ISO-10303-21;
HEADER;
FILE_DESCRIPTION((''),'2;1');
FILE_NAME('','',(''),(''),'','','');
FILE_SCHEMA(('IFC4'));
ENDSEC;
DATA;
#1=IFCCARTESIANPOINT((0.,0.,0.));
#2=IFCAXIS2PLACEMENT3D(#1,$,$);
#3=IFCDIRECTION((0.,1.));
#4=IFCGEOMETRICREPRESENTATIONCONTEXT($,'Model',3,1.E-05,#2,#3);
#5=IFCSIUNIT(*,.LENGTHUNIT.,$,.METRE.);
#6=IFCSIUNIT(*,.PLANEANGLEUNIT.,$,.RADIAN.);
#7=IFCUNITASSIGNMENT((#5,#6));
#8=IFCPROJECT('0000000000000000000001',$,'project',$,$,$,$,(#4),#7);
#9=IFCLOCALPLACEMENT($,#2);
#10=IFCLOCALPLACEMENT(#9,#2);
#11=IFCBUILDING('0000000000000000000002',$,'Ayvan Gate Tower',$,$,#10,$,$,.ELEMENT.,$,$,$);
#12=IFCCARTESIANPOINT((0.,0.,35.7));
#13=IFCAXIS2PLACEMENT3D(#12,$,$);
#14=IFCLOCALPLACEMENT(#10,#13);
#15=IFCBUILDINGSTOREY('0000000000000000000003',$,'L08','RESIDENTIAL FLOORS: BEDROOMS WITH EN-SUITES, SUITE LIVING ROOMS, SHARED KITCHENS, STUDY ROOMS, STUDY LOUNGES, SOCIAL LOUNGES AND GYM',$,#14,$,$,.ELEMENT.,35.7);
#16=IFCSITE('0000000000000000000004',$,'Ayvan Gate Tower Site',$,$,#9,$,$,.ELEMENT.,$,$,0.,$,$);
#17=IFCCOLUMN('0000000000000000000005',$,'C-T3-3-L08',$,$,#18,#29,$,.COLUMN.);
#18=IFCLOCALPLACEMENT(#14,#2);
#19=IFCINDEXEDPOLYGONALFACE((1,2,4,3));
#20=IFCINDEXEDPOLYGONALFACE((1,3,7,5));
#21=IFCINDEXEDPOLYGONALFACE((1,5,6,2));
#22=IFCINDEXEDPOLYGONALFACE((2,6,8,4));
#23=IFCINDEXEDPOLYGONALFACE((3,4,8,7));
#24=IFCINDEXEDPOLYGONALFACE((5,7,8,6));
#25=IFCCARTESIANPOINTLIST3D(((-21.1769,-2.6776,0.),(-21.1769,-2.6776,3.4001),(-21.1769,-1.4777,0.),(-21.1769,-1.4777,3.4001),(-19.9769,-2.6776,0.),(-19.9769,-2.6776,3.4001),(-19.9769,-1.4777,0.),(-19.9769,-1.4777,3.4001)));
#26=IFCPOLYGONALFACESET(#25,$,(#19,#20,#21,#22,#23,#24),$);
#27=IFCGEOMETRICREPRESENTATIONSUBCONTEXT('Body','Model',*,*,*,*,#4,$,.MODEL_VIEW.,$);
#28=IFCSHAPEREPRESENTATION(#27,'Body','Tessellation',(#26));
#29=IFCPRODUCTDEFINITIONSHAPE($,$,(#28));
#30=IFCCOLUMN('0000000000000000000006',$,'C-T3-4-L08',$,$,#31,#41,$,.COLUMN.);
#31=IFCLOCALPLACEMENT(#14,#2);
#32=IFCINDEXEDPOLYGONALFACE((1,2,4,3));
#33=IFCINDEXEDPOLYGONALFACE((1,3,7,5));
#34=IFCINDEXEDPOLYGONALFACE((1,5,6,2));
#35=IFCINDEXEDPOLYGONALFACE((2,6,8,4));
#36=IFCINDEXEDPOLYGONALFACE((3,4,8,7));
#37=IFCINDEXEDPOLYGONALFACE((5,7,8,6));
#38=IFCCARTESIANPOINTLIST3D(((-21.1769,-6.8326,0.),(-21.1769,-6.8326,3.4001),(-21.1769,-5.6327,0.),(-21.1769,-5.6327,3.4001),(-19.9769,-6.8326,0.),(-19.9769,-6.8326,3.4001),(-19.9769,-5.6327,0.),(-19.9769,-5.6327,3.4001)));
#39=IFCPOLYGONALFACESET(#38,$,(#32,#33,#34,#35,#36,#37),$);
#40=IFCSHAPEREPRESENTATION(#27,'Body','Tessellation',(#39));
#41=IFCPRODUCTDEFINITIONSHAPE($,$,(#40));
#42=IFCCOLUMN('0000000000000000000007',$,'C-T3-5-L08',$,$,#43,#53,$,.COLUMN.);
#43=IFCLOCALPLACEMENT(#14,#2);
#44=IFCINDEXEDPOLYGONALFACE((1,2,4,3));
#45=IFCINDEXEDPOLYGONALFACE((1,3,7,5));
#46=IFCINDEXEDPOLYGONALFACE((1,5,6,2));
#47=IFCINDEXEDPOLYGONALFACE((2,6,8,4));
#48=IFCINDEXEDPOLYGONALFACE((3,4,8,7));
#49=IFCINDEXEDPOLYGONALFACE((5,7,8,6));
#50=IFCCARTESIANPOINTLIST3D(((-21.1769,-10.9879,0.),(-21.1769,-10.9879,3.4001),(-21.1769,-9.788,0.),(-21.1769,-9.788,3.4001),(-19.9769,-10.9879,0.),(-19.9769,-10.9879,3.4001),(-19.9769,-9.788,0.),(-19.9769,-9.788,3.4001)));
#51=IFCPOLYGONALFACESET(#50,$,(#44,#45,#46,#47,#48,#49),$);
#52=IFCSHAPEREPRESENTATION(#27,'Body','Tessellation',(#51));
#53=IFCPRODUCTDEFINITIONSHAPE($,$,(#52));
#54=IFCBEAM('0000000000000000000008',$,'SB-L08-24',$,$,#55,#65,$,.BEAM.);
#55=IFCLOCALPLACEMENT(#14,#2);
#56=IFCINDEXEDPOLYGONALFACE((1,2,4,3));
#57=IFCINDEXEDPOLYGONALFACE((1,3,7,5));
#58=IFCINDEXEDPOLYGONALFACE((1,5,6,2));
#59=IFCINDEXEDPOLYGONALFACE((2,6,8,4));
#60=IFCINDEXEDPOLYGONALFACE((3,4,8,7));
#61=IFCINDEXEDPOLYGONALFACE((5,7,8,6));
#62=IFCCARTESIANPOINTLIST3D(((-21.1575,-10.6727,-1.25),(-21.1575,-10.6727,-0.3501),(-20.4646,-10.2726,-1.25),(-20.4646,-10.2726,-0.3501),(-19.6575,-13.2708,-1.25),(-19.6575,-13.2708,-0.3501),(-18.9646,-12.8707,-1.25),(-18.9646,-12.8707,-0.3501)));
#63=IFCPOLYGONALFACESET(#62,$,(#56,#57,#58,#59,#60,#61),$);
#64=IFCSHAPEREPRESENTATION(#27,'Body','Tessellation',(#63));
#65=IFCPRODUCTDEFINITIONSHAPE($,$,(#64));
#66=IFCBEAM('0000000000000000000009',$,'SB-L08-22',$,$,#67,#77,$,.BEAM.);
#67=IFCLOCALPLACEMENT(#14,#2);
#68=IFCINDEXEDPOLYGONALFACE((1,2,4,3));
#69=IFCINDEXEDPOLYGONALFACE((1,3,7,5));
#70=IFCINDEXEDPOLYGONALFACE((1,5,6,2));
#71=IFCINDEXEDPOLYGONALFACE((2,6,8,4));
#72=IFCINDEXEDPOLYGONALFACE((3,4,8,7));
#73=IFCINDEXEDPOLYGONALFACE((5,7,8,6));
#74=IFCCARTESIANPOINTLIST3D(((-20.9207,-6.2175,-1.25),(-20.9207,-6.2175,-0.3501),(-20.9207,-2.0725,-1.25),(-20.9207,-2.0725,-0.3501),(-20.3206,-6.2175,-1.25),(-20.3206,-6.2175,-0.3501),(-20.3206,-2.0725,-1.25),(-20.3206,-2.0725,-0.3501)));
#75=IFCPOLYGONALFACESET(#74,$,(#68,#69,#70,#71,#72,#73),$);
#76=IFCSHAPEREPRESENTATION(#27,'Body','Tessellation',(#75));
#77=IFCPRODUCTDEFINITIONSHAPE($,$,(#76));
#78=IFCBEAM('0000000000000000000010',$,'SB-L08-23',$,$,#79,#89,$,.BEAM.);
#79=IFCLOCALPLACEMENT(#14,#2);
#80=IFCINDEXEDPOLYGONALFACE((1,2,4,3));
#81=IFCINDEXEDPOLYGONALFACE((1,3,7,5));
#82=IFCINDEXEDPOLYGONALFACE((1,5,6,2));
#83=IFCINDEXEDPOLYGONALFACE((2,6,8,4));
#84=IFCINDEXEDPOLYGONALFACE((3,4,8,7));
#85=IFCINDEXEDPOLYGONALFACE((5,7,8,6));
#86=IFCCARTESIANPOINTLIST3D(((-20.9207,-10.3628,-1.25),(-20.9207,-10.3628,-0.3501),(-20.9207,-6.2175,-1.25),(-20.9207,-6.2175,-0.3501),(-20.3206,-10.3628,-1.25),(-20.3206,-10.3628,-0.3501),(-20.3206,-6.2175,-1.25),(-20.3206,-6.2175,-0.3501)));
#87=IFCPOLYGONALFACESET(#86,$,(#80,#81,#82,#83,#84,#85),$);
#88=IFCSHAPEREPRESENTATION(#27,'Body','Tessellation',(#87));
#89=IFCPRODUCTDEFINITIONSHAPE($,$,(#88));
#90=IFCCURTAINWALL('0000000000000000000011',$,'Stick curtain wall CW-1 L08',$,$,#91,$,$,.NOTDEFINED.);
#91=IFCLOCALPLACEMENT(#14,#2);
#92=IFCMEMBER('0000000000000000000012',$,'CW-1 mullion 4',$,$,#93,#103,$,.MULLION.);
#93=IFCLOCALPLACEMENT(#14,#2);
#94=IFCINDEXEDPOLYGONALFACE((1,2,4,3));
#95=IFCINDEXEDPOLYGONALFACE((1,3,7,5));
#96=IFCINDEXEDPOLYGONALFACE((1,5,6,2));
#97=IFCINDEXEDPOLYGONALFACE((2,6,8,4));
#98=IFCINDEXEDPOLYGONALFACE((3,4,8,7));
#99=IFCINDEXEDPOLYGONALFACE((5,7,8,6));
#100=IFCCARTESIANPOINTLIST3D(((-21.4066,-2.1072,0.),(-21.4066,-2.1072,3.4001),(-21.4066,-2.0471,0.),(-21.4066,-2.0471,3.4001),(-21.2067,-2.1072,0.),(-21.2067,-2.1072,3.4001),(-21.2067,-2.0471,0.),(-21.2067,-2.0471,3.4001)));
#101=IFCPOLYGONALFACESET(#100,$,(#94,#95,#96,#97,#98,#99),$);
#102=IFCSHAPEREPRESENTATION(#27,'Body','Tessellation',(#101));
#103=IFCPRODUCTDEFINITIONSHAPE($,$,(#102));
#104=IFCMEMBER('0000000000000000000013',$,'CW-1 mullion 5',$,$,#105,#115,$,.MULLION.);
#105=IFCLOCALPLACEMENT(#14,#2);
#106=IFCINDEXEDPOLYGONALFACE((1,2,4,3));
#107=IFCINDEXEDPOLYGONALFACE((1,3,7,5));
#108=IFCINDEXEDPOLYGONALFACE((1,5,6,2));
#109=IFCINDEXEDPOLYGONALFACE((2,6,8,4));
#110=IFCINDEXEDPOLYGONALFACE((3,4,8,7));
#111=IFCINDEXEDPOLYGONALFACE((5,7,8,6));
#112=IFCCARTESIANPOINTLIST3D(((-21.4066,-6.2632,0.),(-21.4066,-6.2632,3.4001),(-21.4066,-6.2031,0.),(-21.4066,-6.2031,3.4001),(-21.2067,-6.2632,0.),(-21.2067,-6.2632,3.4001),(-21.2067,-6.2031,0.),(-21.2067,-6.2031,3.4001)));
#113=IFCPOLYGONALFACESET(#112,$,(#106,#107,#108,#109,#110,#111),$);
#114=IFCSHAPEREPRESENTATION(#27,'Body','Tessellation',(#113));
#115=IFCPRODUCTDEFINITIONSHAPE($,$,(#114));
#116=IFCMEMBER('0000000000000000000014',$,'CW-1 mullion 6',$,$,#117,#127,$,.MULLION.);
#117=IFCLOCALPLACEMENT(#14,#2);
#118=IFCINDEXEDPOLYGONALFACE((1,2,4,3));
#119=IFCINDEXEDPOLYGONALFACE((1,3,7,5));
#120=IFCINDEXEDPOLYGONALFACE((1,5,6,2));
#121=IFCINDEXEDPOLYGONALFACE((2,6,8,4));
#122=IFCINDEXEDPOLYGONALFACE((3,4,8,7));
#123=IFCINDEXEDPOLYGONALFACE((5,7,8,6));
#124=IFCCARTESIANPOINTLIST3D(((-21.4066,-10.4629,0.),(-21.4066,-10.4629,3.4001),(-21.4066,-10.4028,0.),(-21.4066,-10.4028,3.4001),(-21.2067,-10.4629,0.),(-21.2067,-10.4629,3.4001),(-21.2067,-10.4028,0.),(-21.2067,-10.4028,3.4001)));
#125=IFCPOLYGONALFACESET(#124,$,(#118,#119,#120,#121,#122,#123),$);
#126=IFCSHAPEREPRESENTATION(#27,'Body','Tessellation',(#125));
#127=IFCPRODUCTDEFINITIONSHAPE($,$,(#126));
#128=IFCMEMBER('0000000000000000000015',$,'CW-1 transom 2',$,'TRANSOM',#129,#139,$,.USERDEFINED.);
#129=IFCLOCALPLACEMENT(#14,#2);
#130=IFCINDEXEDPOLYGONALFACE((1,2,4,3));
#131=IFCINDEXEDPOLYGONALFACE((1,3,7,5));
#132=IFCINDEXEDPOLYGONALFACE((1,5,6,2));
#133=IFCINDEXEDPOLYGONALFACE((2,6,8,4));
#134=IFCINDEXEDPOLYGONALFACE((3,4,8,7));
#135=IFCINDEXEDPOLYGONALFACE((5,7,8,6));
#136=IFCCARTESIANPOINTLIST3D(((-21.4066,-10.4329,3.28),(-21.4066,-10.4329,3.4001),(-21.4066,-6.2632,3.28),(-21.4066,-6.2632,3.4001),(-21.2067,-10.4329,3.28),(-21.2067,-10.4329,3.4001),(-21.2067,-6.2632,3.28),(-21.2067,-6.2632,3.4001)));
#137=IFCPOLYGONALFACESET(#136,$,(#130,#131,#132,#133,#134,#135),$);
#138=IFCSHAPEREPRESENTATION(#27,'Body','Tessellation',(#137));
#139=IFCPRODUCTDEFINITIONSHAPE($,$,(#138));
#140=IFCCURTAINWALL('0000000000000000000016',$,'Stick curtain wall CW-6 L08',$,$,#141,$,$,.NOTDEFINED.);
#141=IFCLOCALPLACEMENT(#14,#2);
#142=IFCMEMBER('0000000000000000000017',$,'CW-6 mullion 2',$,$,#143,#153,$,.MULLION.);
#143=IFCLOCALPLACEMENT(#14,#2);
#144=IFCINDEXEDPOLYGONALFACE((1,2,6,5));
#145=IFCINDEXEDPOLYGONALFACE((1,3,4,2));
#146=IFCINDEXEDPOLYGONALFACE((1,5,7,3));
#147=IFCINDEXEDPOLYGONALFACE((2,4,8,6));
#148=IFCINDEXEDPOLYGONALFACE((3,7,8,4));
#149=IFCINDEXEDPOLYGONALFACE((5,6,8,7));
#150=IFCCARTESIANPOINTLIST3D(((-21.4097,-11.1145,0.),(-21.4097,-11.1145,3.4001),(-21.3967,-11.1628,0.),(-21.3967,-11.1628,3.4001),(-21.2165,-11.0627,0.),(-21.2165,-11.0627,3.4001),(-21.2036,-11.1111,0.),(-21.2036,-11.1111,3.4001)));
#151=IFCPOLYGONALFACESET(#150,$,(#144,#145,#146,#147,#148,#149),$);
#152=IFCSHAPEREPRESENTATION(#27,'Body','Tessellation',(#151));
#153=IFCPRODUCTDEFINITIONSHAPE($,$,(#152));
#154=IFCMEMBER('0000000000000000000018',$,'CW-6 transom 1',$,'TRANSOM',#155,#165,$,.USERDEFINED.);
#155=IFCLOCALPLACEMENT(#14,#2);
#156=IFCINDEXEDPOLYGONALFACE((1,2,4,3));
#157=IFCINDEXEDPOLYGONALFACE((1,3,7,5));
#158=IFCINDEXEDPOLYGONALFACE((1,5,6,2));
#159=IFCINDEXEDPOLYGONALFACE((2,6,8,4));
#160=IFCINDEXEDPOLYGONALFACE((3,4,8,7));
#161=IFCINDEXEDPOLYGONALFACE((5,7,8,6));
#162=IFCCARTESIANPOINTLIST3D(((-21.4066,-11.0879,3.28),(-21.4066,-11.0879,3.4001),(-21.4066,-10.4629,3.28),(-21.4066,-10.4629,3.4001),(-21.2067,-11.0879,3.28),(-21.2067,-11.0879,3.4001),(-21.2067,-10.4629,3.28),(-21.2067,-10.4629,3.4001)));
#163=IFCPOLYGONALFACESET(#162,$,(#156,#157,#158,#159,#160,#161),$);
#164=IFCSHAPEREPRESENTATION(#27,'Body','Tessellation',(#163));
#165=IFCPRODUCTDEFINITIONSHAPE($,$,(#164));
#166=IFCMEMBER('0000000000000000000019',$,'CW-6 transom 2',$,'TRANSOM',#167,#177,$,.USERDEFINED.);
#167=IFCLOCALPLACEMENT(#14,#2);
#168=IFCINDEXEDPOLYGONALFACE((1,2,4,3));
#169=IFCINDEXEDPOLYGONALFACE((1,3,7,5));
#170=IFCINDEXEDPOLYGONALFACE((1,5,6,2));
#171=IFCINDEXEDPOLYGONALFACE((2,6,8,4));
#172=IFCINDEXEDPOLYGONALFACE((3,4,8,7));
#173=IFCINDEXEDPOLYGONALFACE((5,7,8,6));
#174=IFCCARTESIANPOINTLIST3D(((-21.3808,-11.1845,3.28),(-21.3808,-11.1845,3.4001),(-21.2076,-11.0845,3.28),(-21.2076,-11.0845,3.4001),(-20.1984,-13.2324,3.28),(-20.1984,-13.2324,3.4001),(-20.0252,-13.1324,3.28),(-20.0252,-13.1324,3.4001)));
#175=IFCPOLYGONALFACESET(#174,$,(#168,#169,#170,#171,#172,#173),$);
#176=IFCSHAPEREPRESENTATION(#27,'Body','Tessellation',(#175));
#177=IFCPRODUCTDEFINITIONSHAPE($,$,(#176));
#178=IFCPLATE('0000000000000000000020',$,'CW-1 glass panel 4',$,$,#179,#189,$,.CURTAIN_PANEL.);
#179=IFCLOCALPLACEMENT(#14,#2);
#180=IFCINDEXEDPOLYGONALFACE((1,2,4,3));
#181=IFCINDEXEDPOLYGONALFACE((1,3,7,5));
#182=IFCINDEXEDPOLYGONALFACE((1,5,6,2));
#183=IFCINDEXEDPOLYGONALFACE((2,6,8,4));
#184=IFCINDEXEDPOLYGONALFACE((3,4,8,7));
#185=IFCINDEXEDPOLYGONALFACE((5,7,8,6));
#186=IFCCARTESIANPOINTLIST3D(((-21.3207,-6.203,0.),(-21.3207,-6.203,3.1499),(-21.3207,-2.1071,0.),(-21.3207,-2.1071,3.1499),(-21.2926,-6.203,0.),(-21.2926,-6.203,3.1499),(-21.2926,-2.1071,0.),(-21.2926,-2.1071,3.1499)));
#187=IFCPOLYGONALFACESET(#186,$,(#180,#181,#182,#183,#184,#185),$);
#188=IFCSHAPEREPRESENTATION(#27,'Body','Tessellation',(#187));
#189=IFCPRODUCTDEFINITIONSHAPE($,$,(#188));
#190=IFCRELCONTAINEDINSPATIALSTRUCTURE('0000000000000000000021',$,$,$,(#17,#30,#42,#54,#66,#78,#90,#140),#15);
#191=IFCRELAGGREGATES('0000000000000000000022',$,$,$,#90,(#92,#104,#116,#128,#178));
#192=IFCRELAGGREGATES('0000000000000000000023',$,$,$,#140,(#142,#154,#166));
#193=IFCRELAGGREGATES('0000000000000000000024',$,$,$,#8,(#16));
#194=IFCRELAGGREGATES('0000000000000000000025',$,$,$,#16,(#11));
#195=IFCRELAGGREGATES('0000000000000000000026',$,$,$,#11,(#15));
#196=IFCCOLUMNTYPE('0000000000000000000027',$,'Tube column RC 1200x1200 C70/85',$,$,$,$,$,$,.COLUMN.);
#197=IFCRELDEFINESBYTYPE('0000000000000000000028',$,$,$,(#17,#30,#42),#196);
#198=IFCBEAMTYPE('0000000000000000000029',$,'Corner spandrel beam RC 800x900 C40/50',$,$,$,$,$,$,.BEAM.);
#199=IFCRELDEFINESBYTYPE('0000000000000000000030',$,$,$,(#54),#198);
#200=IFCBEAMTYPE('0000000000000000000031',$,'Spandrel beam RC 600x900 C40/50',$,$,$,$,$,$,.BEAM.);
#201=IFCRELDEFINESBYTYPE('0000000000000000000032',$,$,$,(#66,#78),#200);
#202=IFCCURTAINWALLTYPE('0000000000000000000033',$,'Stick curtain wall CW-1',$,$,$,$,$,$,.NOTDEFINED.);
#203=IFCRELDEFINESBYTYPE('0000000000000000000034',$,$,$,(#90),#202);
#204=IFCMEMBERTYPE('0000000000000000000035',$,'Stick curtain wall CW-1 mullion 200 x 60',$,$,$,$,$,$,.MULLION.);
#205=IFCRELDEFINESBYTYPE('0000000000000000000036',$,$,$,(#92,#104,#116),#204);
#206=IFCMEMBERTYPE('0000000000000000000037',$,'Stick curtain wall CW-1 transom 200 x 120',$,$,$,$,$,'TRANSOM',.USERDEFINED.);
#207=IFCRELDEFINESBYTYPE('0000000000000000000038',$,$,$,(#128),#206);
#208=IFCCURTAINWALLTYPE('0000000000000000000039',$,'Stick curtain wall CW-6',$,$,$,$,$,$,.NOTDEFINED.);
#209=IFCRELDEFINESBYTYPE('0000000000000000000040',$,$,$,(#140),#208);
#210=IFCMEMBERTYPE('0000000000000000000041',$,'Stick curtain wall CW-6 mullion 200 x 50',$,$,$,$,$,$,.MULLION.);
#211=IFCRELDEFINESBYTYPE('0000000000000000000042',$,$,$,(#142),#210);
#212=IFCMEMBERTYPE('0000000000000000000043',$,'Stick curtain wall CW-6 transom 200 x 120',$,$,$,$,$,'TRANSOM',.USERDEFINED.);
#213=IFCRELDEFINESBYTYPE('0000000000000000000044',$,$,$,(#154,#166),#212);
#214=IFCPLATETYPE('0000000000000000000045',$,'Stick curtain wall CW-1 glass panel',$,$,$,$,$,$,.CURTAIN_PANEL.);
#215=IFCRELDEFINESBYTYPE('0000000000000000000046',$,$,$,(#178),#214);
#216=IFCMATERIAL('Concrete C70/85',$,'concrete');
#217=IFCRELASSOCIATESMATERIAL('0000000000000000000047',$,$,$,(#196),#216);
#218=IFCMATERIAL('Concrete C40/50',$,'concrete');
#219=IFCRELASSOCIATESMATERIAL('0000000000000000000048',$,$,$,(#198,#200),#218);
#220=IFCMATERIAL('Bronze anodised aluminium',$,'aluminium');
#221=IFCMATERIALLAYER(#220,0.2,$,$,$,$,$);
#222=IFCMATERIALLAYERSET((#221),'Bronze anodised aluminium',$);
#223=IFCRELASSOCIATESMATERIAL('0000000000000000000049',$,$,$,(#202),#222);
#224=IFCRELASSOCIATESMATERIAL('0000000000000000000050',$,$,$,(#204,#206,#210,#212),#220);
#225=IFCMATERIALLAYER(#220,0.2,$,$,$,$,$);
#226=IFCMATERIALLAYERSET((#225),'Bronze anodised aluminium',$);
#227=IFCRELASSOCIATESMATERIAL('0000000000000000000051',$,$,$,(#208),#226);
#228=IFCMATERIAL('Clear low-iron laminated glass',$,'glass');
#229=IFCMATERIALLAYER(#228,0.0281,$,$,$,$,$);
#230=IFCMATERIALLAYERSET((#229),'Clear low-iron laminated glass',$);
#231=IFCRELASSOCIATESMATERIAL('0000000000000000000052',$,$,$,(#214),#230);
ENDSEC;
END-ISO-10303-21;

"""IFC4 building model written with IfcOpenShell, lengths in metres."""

from ifc_helpers import new_model, si_unit, direction, frame, origin, origin_2d, place, context, subcontext, project, spatial, rectangle, extrude, material, layer, layer_set, material_profile, profile_set, type_object, element, aggregate, save


model = new_model("IFC4")

# Units and contexts
model_context = context("Model", 3, precision=1e-05, world=origin(), true_north=direction((0.0, 1.0)))
body_context = subcontext(model_context, "Body", "Model", "MODEL_VIEW")
ifc_project = project(units=[si_unit("LENGTHUNIT", "METRE"), si_unit("PLANEANGLEUNIT", "RADIAN")], contexts=[model_context])

# Site, building, storey
site_placement = place(None, origin())
site = spatial("IfcSite", under=ifc_project, at=site_placement, Name="Ayvan Gate Tower Site", CompositionType="ELEMENT", RefElevation=0.0)
building_placement = place(site_placement, origin())
building = spatial("IfcBuilding", under=site, at=building_placement, Name="Ayvan Gate Tower", CompositionType="ELEMENT")
storey_placement = place(building_placement, frame((0.0, 0.0, 35.7)))
storey = spatial("IfcBuildingStorey", under=building, at=storey_placement, Name="L08", Description="RESIDENTIAL FLOORS: BEDROOMS WITH EN-SUITES, SUITE LIVING ROOMS, SHARED KITCHENS, STUDY ROOMS, STUDY LOUNGES, SOCIAL LOUNGES AND GYM", CompositionType="ELEMENT", Elevation=35.7)

# Columns
ifc_material_1 = material(Name="Concrete C70/85", Category="concrete")
ifc_material_profile_1 = material_profile(ifc_material_1, rectangle(XDim=1.2, YDim=1.2, at=origin_2d()), Name="RC 1200x1200")
ifc_profile_set_1 = profile_set([ifc_material_profile_1], Name="Concrete C70/85")
column_type = type_object("IfcColumnType", Name="Tube column RC 1200x1200 C70/85", PredefinedType="COLUMN", material=ifc_profile_set_1)
for number, where, z_axis, x_axis, name in (
    (1, (-20.5769, -2.0776, 0.0), (0.0, 0.0, 1.0), (-1.0, 0.0, 0.0), "C-T3-3-L08"),
    (2, (-20.5769, -6.2327, 0.0), (0.0, 0.0, 1.0), (-1.0, 0.0, 0.0), "C-T3-4-L08"),
    (3, (-20.5769, -10.3879, 0.0), (0.0, 0.0, 1.0), (-1.0, 0.0, 0.0), "C-T3-5-L08"),
):
    element("IfcColumn", number, at=place(storey_placement, frame(where, z_axis=z_axis, x_axis=x_axis)), inside=storey, type_object=column_type, Name=name, PredefinedType="COLUMN", context=body_context, shape_type="SweptSolid", body=[
        extrude(rectangle(XDim=1.2, YDim=1.2, at=origin_2d()), origin(), (0.0, 0.0, 1.0), 3.4001),
    ])

# Beams
ifc_material_2 = material(Name="Concrete C40/50", Category="concrete")
ifc_material_profile_2 = material_profile(ifc_material_2, rectangle(XDim=0.8, YDim=0.8999, at=origin_2d()), Name="RC 800x900")
ifc_profile_set_2 = profile_set([ifc_material_profile_2], Name="Concrete C40/50")
beam_type_1 = type_object("IfcBeamType", Name="Corner spandrel beam RC 800x900 C40/50", PredefinedType="BEAM", material=ifc_profile_set_2)
beam_1_placement = place(storey_placement, frame((-20.811, -10.4727, -0.8), z_axis=(0.49999, -0.866031, 0.0), x_axis=(0.866031, 0.49999, 0.0)))
element("IfcBeam", 4, at=beam_1_placement, inside=storey, type_object=beam_type_1, Name="SB-L08-24", PredefinedType="BEAM", context=body_context, shape_type="SweptSolid", body=[
    extrude(rectangle(XDim=0.8, YDim=0.8999, at=origin_2d()), origin(), (0.0, 0.0, 1.0), 3.0),
])
ifc_material_profile_3 = material_profile(ifc_material_2, rectangle(XDim=0.6001, YDim=0.8999, at=origin_2d()), Name="RC 600x900")
ifc_profile_set_3 = profile_set([ifc_material_profile_3], Name="Concrete C40/50")
beam_type_2 = type_object("IfcBeamType", Name="Spandrel beam RC 600x900 C40/50", PredefinedType="BEAM", material=ifc_profile_set_3)
beam_2_placement = place(storey_placement, frame((-20.6206, -2.0725, -0.8), z_axis=(0.0, -1.0, 0.0), x_axis=(1.0, 0.0, 0.0)))
element("IfcBeam", 5, at=beam_2_placement, inside=storey, type_object=beam_type_2, Name="SB-L08-22", PredefinedType="BEAM", context=body_context, shape_type="SweptSolid", body=[
    extrude(rectangle(XDim=0.6001, YDim=0.8999, at=origin_2d()), origin(), (0.0, 0.0, 1.0), 4.145),
])
beam_3_placement = place(storey_placement, frame((-20.6206, -6.2175, -0.8), z_axis=(0.0, -1.0, 0.0), x_axis=(1.0, 0.0, 0.0)))
element("IfcBeam", 6, at=beam_3_placement, inside=storey, type_object=beam_type_2, Name="SB-L08-23", PredefinedType="BEAM", context=body_context, shape_type="SweptSolid", body=[
    extrude(rectangle(XDim=0.6001, YDim=0.8999, at=origin_2d()), origin(), (0.0, 0.0, 1.0), 4.1453),
])

# Curtain walls, members
ifc_material_3 = material(Name="Bronze anodised aluminium", Category="aluminium")
ifc_layer_1 = layer(ifc_material_3, 0.2)
ifc_layer_set_1 = layer_set([ifc_layer_1], Name="Bronze anodised aluminium")
curtain_wall_type_1 = type_object("IfcCurtainWallType", Name="Stick curtain wall CW-1", PredefinedType="NOTDEFINED", material=ifc_layer_set_1)
curtain_wall_1_placement = place(storey_placement, origin())
curtain_wall_1 = element("IfcCurtainWall", 7, at=curtain_wall_1_placement, inside=storey, type_object=curtain_wall_type_1, Name="Stick curtain wall CW-1 L08", PredefinedType="NOTDEFINED")
ifc_material_profile_4 = material_profile(ifc_material_3, rectangle(XDim=0.2, YDim=0.0601, at=origin_2d()), Name="Stick curtain wall CW-1 mullion 200 x 60")
ifc_profile_set_4 = profile_set([ifc_material_profile_4], Name="Bronze anodised aluminium")
member_type_1 = type_object("IfcMemberType", Name="Stick curtain wall CW-1 mullion 200 x 60", PredefinedType="MULLION", material=ifc_profile_set_4)
member_1_placement = place(storey_placement, frame((-21.3066, -2.0771, 0.0), z_axis=(0.0, 0.0, 1.0), x_axis=(-1.0, 0.0, 0.0)))
member_1 = element("IfcMember", 8, at=member_1_placement, type_object=member_type_1, Name="CW-1 mullion 4", PredefinedType="MULLION", context=body_context, shape_type="SweptSolid", body=[
    extrude(rectangle(XDim=0.2, YDim=0.0601, at=origin_2d()), origin(), (0.0, 0.0, 1.0), 3.4001),
])
member_2_placement = place(storey_placement, frame((-21.3066, -6.2332, 0.0), z_axis=(0.0, 0.0, 1.0), x_axis=(-1.0, 0.0, 0.0)))
member_2 = element("IfcMember", 9, at=member_2_placement, type_object=member_type_1, Name="CW-1 mullion 5", PredefinedType="MULLION", context=body_context, shape_type="SweptSolid", body=[
    extrude(rectangle(XDim=0.2, YDim=0.0601, at=origin_2d()), origin(), (0.0, 0.0, 1.0), 3.4001),
])
member_3_placement = place(storey_placement, frame((-21.3066, -10.4329, 0.0), z_axis=(0.0, 0.0, 1.0), x_axis=(-1.0, 0.0, 0.0)))
member_3 = element("IfcMember", 10, at=member_3_placement, type_object=member_type_1, Name="CW-1 mullion 6", PredefinedType="MULLION", context=body_context, shape_type="SweptSolid", body=[
    extrude(rectangle(XDim=0.2, YDim=0.0601, at=origin_2d()), origin(), (0.0, 0.0, 1.0), 3.4001),
])
ifc_material_profile_5 = material_profile(ifc_material_3, rectangle(XDim=0.2, YDim=0.1201, at=origin_2d()), Name="Stick curtain wall CW-1 transom 200 x 120")
ifc_profile_set_5 = profile_set([ifc_material_profile_5], Name="Bronze anodised aluminium")
member_type_2 = type_object("IfcMemberType", Name="Stick curtain wall CW-1 transom 200 x 120", ElementType="TRANSOM", PredefinedType="USERDEFINED", material=ifc_profile_set_5)
member_4_placement = place(storey_placement, frame((-21.3066, -6.2632, 3.3401), z_axis=(0.0, -1.0, 0.0), x_axis=(1.0, 0.0, 0.0)))
member_4 = element("IfcMember", 11, at=member_4_placement, type_object=member_type_2, Name="CW-1 transom 2", ObjectType="TRANSOM", PredefinedType="USERDEFINED", context=body_context, shape_type="SweptSolid", body=[
    extrude(rectangle(XDim=0.2, YDim=0.1201, at=origin_2d()), origin(), (0.0, 0.0, 1.0), 4.1697),
])
ifc_layer_2 = layer(ifc_material_3, 0.2)
ifc_layer_set_2 = layer_set([ifc_layer_2], Name="Bronze anodised aluminium")
curtain_wall_type_2 = type_object("IfcCurtainWallType", Name="Stick curtain wall CW-6", PredefinedType="NOTDEFINED", material=ifc_layer_set_2)
curtain_wall_2_placement = place(storey_placement, origin())
curtain_wall_2 = element("IfcCurtainWall", 12, at=curtain_wall_2_placement, inside=storey, type_object=curtain_wall_type_2, Name="Stick curtain wall CW-6 L08", PredefinedType="NOTDEFINED")
ifc_material_profile_6 = material_profile(ifc_material_3, rectangle(XDim=0.2, YDim=0.05, at=origin_2d()), Name="Stick curtain wall CW-6 mullion 200 x 50")
ifc_profile_set_6 = profile_set([ifc_material_profile_6], Name="Bronze anodised aluminium")
member_type_3 = type_object("IfcMemberType", Name="Stick curtain wall CW-6 mullion 200 x 50", PredefinedType="MULLION", material=ifc_profile_set_6)
member_5_placement = place(storey_placement, frame((-21.3066, -11.1128, 0.0), z_axis=(0.0, 0.0, 1.0), x_axis=(-0.965926, -0.258819, 0.0)))
member_5 = element("IfcMember", 13, at=member_5_placement, type_object=member_type_3, Name="CW-6 mullion 2", PredefinedType="MULLION", context=body_context, shape_type="SweptSolid", body=[
    extrude(rectangle(XDim=0.2, YDim=0.05, at=origin_2d()), origin(), (0.0, 0.0, 1.0), 3.4001),
])
ifc_material_profile_7 = material_profile(ifc_material_3, rectangle(XDim=0.2, YDim=0.1201, at=origin_2d()), Name="Stick curtain wall CW-6 transom 200 x 120")
ifc_profile_set_7 = profile_set([ifc_material_profile_7], Name="Bronze anodised aluminium")
member_type_4 = type_object("IfcMemberType", Name="Stick curtain wall CW-6 transom 200 x 120", ElementType="TRANSOM", PredefinedType="USERDEFINED", material=ifc_profile_set_7)
member_6_placement = place(storey_placement, frame((-21.3066, -10.4629, 3.3401), z_axis=(0.0, -1.0, 0.0), x_axis=(1.0, 0.0, 0.0)))
member_6 = element("IfcMember", 14, at=member_6_placement, type_object=member_type_4, Name="CW-6 transom 1", ObjectType="TRANSOM", PredefinedType="USERDEFINED", context=body_context, shape_type="SweptSolid", body=[
    extrude(rectangle(XDim=0.2, YDim=0.1201, at=origin_2d()), origin(), (0.0, 0.0, 1.0), 0.625),
])
member_7_placement = place(storey_placement, frame((-21.2942, -11.1345, 3.3401), z_axis=(0.500014, -0.866017, 0.0), x_axis=(0.866017, 0.500014, 0.0)))
member_7 = element("IfcMember", 15, at=member_7_placement, type_object=member_type_4, Name="CW-6 transom 2", ObjectType="TRANSOM", PredefinedType="USERDEFINED", context=body_context, shape_type="SweptSolid", body=[
    extrude(rectangle(XDim=0.2, YDim=0.1201, at=origin_2d()), origin(), (0.0, 0.0, 1.0), 2.3647),
])

# Plate
ifc_material_4 = material(Name="Clear low-iron laminated glass", Category="glass")
ifc_layer_3 = layer(ifc_material_4, 0.0281)
ifc_layer_set_3 = layer_set([ifc_layer_3], Name="Clear low-iron laminated glass")
plate_type_1 = type_object("IfcPlateType", Name="Stick curtain wall CW-1 glass panel", PredefinedType="CURTAIN_PANEL", material=ifc_layer_set_3)
plate_1_placement = place(storey_placement, frame((-21.3066, -4.155, 0.0), z_axis=(0.0, 0.0, 1.0), x_axis=(0.0, -1.0, 0.0)))
plate_1 = element("IfcPlate", 16, at=plate_1_placement, type_object=plate_type_1, Name="CW-1 glass panel 4", PredefinedType="CURTAIN_PANEL", context=body_context, shape_type="SweptSolid", body=[
    extrude(rectangle(XDim=4.0959, YDim=0.0281, at=origin_2d()), origin(), (0.0, 0.0, 1.0), 3.1499),
])
aggregate(curtain_wall_1, [member_1, member_2, member_3, member_4, plate_1])
aggregate(curtain_wall_2, [member_5, member_6, member_7])

save(model, "model.ifc")
